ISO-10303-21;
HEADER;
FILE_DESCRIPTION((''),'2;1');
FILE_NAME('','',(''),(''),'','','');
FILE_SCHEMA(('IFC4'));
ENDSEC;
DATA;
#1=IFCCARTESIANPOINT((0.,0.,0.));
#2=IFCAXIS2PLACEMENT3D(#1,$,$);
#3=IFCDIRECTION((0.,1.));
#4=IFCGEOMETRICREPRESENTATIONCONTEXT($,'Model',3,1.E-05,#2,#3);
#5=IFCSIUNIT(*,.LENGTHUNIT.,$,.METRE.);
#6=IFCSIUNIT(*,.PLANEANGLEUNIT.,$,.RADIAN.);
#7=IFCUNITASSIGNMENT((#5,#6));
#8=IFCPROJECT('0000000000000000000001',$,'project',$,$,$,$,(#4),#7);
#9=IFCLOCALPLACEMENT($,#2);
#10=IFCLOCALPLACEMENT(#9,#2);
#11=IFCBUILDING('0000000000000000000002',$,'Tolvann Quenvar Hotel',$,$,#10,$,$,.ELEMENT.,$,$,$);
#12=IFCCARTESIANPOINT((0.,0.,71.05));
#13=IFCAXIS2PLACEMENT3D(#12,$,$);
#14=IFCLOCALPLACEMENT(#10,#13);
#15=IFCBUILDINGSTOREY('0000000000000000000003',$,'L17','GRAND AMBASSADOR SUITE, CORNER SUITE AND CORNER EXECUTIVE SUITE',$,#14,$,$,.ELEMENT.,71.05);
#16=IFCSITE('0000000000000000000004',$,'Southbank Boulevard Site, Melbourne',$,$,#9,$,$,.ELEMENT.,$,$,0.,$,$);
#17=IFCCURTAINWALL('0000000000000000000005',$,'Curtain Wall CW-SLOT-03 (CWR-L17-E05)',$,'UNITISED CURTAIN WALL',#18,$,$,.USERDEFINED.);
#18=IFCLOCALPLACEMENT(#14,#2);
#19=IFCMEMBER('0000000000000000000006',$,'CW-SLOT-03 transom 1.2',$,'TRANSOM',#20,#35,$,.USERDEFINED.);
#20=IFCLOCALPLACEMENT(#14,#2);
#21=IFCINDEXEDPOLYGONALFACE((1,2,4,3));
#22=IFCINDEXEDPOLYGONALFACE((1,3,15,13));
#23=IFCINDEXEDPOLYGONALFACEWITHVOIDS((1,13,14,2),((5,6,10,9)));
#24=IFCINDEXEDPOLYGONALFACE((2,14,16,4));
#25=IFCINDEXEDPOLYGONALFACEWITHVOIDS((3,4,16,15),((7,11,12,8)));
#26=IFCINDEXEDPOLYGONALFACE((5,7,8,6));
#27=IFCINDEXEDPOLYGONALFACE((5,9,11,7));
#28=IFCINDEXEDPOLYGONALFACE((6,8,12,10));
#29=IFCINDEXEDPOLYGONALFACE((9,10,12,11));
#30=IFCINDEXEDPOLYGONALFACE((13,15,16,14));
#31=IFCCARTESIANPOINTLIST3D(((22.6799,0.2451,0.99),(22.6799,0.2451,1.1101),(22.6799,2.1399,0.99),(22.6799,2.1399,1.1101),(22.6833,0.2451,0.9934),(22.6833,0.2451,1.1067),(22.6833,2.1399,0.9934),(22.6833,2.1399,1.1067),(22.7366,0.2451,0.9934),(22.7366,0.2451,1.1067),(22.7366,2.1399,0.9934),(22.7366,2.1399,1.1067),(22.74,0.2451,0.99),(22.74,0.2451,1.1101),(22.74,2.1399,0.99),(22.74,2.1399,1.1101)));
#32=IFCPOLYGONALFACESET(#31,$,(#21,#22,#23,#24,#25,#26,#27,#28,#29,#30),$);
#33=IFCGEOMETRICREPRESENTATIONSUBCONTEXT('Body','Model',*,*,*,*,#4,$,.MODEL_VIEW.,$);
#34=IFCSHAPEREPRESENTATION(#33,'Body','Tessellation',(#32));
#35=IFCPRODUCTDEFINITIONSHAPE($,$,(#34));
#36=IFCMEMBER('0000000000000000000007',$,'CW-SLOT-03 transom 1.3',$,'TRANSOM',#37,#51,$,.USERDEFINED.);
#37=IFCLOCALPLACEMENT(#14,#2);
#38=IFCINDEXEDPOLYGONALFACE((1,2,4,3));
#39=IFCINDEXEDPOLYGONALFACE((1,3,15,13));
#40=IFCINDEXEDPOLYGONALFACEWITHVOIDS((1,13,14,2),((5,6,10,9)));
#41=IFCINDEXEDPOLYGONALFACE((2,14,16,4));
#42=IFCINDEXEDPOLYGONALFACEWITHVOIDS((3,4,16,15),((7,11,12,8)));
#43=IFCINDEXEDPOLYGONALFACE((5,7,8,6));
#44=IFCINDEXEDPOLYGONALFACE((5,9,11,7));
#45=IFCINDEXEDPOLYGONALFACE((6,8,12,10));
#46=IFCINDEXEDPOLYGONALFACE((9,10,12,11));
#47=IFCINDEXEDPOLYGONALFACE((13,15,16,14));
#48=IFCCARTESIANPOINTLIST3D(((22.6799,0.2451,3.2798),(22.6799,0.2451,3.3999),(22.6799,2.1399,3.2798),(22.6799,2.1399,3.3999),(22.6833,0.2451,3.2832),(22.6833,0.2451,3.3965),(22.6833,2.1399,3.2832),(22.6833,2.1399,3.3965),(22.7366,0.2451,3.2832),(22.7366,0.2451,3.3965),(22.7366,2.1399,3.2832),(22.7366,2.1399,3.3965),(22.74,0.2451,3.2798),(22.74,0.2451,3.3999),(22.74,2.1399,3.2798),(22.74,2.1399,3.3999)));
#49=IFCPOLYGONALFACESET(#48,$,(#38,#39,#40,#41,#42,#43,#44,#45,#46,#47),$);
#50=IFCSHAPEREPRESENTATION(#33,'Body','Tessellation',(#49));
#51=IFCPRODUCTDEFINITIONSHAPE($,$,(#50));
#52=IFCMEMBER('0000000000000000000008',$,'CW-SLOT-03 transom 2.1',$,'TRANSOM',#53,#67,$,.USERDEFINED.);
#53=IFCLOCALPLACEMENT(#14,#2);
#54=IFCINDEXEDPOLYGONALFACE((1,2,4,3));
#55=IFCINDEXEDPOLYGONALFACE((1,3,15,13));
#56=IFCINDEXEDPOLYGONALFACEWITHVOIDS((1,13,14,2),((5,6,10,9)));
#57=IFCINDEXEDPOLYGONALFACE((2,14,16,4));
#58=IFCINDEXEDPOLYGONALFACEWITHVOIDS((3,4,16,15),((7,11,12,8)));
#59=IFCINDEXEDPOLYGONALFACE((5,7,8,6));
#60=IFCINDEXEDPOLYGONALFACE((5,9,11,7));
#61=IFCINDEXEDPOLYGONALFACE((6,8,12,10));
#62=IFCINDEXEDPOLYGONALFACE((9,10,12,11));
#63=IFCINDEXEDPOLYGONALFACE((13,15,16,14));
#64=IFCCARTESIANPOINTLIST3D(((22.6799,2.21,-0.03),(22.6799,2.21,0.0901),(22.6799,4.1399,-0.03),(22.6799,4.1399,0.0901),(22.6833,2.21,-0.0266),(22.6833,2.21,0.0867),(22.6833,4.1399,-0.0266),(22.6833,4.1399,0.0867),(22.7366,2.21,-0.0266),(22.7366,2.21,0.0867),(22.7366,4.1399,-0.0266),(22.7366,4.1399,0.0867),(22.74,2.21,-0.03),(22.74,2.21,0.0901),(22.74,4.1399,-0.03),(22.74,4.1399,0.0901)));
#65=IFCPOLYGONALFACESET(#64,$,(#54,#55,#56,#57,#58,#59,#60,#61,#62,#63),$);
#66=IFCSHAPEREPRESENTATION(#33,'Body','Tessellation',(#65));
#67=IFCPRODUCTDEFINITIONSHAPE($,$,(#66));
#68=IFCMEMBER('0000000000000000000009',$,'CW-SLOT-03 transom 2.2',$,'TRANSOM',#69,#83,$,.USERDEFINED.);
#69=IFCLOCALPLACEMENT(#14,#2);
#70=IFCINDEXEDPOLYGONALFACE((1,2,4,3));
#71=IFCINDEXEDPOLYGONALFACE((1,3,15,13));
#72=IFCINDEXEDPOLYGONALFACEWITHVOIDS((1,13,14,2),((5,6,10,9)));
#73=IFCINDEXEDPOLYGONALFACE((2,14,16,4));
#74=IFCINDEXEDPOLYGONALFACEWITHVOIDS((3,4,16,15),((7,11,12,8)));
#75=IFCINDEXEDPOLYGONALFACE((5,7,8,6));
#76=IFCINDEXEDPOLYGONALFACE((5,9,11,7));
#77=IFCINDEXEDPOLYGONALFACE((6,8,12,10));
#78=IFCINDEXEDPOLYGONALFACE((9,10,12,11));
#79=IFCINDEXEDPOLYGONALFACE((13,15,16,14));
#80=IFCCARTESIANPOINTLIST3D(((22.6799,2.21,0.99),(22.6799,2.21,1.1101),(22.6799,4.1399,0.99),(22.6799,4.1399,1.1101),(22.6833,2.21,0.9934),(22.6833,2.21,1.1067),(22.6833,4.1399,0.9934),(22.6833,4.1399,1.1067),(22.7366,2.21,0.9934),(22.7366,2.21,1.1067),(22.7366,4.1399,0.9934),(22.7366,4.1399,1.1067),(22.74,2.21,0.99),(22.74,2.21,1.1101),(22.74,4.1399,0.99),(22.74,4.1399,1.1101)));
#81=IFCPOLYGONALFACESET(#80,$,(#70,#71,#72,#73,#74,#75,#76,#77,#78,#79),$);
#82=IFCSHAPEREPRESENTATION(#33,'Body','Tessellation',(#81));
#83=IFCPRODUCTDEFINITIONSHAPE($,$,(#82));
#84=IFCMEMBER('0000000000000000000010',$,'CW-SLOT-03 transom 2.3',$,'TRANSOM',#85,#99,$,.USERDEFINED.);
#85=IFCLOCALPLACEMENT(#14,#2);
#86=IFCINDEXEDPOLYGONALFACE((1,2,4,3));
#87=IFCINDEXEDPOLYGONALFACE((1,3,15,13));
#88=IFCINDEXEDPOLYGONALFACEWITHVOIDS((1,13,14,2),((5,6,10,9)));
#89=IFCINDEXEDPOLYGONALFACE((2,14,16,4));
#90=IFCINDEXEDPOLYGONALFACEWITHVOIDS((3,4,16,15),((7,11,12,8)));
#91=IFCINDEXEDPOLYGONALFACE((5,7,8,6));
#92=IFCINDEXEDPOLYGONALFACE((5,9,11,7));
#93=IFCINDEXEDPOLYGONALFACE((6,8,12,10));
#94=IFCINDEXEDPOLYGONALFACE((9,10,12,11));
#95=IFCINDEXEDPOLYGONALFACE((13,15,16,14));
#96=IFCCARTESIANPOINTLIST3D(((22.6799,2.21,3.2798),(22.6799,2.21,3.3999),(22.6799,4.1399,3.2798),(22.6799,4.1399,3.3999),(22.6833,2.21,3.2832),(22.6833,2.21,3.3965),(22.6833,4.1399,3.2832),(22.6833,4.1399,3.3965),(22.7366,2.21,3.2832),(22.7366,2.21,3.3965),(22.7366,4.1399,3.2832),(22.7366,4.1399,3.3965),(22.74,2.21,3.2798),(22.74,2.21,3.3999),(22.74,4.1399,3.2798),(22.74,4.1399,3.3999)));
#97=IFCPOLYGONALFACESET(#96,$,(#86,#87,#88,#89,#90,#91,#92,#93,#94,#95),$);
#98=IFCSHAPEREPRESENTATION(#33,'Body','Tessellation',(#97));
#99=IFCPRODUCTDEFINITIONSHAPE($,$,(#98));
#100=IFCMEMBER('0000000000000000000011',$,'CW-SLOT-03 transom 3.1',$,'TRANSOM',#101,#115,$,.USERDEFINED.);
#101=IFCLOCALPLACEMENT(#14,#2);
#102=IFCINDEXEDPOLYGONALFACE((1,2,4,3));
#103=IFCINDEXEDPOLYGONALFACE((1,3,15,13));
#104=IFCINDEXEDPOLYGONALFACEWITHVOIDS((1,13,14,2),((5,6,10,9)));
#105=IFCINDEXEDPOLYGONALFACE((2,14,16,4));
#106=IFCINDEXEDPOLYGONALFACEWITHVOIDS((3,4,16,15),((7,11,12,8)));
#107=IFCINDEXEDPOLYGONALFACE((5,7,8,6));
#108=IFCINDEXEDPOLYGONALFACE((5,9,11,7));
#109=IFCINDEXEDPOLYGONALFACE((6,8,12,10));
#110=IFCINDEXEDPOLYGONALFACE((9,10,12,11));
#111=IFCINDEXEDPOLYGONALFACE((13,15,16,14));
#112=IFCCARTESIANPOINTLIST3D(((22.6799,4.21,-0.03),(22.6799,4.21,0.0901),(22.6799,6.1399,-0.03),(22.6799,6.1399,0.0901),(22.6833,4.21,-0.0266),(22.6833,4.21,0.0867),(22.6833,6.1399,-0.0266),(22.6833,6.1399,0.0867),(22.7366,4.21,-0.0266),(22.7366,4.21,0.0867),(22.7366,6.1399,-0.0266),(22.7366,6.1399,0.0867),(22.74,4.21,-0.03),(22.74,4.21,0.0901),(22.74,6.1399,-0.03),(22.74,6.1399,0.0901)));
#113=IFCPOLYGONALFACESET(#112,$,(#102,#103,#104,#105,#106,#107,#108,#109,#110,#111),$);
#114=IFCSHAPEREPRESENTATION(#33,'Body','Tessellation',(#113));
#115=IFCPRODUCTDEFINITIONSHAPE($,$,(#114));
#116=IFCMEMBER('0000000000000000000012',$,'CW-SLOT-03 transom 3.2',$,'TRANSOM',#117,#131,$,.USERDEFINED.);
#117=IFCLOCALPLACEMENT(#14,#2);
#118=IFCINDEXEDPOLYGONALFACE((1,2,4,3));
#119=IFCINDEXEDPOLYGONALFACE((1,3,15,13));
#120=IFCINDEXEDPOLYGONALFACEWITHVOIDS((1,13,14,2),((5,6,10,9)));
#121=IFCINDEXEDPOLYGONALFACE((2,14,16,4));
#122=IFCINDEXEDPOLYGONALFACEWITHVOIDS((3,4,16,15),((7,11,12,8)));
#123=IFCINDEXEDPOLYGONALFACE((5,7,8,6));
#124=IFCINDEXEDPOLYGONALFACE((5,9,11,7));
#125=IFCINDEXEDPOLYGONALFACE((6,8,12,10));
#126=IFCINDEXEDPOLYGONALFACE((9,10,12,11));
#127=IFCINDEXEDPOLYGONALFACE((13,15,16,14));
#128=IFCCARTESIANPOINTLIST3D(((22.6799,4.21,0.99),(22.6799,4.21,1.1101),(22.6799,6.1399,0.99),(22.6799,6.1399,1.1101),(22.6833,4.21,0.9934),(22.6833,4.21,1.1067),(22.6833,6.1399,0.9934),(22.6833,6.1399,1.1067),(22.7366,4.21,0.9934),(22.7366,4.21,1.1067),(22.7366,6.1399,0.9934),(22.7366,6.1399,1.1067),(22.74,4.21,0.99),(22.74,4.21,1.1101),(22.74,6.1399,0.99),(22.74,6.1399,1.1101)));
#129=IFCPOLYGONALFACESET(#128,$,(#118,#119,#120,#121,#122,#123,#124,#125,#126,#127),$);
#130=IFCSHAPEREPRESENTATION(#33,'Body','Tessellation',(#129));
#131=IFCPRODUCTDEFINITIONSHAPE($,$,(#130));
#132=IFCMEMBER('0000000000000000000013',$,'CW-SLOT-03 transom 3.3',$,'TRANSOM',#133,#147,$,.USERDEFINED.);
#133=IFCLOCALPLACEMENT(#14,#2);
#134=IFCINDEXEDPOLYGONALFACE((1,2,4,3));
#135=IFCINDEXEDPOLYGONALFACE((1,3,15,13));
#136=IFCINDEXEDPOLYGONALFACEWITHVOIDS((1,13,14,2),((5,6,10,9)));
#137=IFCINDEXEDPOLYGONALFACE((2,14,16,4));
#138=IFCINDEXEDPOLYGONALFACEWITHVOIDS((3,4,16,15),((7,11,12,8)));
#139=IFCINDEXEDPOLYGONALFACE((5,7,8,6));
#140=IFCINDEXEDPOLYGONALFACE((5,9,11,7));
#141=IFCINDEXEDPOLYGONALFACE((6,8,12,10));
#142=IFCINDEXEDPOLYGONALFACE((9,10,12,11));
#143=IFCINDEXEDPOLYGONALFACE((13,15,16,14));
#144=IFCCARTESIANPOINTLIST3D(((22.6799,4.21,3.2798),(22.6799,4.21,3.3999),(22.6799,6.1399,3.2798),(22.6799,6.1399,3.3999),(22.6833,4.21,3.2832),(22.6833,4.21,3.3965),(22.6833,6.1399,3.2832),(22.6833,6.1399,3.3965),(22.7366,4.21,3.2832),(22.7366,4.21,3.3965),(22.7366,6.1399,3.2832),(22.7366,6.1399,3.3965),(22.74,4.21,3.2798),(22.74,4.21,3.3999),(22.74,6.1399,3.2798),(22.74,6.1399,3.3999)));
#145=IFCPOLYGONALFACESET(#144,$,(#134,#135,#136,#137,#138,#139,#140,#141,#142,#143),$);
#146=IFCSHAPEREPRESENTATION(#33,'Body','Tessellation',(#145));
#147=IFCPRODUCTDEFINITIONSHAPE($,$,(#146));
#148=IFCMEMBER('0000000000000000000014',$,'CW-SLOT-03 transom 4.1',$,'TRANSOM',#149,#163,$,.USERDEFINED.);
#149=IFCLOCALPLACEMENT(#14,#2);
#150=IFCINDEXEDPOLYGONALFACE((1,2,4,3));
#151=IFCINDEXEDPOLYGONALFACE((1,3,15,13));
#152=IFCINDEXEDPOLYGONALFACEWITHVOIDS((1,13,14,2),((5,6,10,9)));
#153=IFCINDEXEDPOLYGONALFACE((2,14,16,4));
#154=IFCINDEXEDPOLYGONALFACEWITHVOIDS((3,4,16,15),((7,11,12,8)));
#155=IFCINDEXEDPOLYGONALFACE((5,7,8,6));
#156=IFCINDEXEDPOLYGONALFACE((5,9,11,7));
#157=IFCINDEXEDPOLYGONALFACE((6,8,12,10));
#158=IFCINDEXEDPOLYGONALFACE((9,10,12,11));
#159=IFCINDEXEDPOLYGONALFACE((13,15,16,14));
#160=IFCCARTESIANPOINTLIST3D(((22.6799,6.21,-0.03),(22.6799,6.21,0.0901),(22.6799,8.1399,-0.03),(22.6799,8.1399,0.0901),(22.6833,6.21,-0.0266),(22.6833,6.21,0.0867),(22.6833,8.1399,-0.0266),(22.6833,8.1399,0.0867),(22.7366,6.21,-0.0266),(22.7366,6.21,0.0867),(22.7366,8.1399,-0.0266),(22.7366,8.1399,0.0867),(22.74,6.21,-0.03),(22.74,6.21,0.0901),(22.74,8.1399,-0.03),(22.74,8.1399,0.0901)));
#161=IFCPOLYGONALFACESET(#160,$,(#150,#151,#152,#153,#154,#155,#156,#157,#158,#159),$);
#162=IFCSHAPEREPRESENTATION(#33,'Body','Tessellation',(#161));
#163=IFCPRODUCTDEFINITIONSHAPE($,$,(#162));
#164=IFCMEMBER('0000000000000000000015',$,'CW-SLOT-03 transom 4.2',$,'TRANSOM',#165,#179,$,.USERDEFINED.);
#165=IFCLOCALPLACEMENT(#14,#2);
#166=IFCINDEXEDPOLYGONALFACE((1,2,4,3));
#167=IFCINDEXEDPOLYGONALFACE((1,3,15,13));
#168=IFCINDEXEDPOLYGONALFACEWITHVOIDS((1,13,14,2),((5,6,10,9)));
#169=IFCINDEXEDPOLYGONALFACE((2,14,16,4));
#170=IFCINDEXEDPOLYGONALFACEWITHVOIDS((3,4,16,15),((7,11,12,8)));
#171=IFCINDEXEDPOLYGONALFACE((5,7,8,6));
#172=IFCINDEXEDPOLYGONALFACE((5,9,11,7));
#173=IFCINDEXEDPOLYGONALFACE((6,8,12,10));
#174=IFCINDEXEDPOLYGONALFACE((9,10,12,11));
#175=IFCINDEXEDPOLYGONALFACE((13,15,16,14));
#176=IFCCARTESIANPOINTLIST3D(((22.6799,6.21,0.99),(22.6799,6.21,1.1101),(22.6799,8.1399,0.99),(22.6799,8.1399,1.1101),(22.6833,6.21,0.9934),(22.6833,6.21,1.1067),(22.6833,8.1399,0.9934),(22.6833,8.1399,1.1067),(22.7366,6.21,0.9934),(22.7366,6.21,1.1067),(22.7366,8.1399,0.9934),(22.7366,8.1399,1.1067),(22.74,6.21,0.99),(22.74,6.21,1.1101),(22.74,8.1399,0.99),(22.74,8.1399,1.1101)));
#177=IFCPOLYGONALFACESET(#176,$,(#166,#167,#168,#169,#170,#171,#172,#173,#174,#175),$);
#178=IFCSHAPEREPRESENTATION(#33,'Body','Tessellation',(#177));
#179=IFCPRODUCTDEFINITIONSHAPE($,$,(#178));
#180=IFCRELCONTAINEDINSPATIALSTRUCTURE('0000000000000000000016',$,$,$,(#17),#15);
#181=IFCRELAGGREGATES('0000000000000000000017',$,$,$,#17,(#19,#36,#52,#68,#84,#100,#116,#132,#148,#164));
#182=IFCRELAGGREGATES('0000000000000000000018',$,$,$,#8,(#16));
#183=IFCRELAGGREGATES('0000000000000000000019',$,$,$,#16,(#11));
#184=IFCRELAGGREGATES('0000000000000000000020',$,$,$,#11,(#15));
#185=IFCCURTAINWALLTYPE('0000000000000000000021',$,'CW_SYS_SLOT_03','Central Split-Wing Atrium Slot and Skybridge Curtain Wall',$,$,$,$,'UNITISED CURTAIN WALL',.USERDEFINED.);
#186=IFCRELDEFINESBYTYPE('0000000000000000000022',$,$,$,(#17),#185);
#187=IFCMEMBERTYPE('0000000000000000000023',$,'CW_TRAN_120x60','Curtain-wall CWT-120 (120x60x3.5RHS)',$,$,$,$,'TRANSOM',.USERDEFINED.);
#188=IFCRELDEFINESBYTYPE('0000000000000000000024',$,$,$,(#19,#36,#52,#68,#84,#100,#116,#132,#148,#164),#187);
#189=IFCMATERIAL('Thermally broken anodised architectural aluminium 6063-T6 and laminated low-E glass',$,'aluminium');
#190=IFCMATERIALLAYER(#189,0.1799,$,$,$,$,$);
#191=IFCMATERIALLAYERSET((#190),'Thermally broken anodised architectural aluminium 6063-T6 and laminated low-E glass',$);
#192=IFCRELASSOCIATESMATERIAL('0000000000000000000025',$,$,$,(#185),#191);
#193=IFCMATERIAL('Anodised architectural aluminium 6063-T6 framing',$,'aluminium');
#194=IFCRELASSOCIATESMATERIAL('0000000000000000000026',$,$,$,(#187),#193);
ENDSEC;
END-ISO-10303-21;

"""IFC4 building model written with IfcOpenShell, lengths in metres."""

from ifc_helpers import new_model, si_unit, direction, frame, origin, origin_2d, place, context, subcontext, project, spatial, hollow_rectangle, extrude, source, transform, mapped, material, layer, layer_set, material_profile, profile_set, type_object, type_shapes, element, aggregate, save


model = new_model("IFC4")

# Units and contexts
model_context = context("Model", 3, precision=1e-05, world=origin(), true_north=direction((0.0, 1.0)))
body_context = subcontext(model_context, "Body", "Model", "MODEL_VIEW")
ifc_project = project(units=[si_unit("LENGTHUNIT", "METRE"), si_unit("PLANEANGLEUNIT", "RADIAN")], contexts=[model_context])

# Site, building, storey
site_placement = place(None, origin())
site = spatial("IfcSite", under=ifc_project, at=site_placement, Name="Southbank Boulevard Site, Melbourne", CompositionType="ELEMENT", RefElevation=0.0)
building_placement = place(site_placement, origin())
building = spatial("IfcBuilding", under=site, at=building_placement, Name="Tolvann Quenvar Hotel", CompositionType="ELEMENT")
storey_placement = place(building_placement, frame((0.0, 0.0, 71.05)))
storey = spatial("IfcBuildingStorey", under=building, at=storey_placement, Name="L17", Description="GRAND AMBASSADOR SUITE, CORNER SUITE AND CORNER EXECUTIVE SUITE", CompositionType="ELEMENT", Elevation=71.05)

# Curtain wall, members
ifc_material_1 = material(Name="Thermally broken anodised architectural aluminium 6063-T6 and laminated low-E glass", Category="aluminium")
ifc_layer_1 = layer(ifc_material_1, 0.1799)
ifc_layer_set_1 = layer_set([ifc_layer_1], Name="Thermally broken anodised architectural aluminium 6063-T6 and laminated low-E glass")
curtain_wall_type = type_object("IfcCurtainWallType", Name="CW_SYS_SLOT_03", Description="Central Split-Wing Atrium Slot and Skybridge Curtain Wall", ElementType="UNITISED CURTAIN WALL", PredefinedType="USERDEFINED", material=ifc_layer_set_1)
curtain_wall_placement = place(storey_placement, origin())
curtain_wall = element("IfcCurtainWall", 1, at=curtain_wall_placement, inside=storey, type_object=curtain_wall_type, Name="Curtain Wall CW-SLOT-03 (CWR-L17-E05)", ObjectType="UNITISED CURTAIN WALL", PredefinedType="USERDEFINED")
ifc_material_2 = material(Name="Anodised architectural aluminium 6063-T6 framing", Category="aluminium")
ifc_material_profile_1 = material_profile(ifc_material_2, hollow_rectangle(XDim=0.0601, YDim=0.1201, WallThickness=0.0034, at=origin_2d()), Name="120x60x3.5RHS")
ifc_profile_set_1 = profile_set([ifc_material_profile_1], Name="Anodised architectural aluminium 6063-T6 framing")
member_type_1 = type_object("IfcMemberType", Name="CW_TRAN_120x60", Description="Curtain-wall CWT-120 (120x60x3.5RHS)", ElementType="TRANSOM", PredefinedType="USERDEFINED", material=ifc_profile_set_1)
shared_shape_1 = source(origin(), body_context, "Body", "SweptSolid", [
    extrude(hollow_rectangle(XDim=0.0601, YDim=0.1201, WallThickness=0.0034, at=origin_2d()), origin(), (0.0, 0.0, 1.0), 1.8948),
])
member_1_placement = place(storey_placement, frame((22.71, 0.2451, 1.05), z_axis=(0.0, 1.0, 0.0), x_axis=(-1.0, 0.0, 0.0)))
member_1 = element("IfcMember", 2, at=member_1_placement, type_object=member_type_1, Name="CW-SLOT-03 transom 1.2", ObjectType="TRANSOM", PredefinedType="USERDEFINED", context=body_context, shape_type="MappedRepresentation", body=[
    mapped(shared_shape_1, transform((0.0, 0.0, 0.0), x_axis=(1.0, 0.0, 0.0), y_axis=(0.0, 1.0, 0.0), z_axis=(0.0, 0.0, 1.0), scale=1.0)),
])
member_2_placement = place(storey_placement, frame((22.71, 0.2451, 3.3398), z_axis=(0.0, 1.0, 0.0), x_axis=(-1.0, 0.0, 0.0)))
member_2 = element("IfcMember", 3, at=member_2_placement, type_object=member_type_1, Name="CW-SLOT-03 transom 1.3", ObjectType="TRANSOM", PredefinedType="USERDEFINED", context=body_context, shape_type="MappedRepresentation", body=[
    mapped(shared_shape_1, transform((0.0, 0.0, 0.0), x_axis=(1.0, 0.0, 0.0), y_axis=(0.0, 1.0, 0.0), z_axis=(0.0, 0.0, 1.0), scale=1.0)),
])
shared_shape_2 = source(origin(), body_context, "Body", "SweptSolid", [
    extrude(hollow_rectangle(XDim=0.0601, YDim=0.1201, WallThickness=0.0034, at=origin_2d()), origin(), (0.0, 0.0, 1.0), 1.9299),
])
type_shapes(member_type_1, [shared_shape_1, shared_shape_2])
member_3_placement = place(storey_placement, frame((22.71, 2.21, 0.03), z_axis=(0.0, 1.0, 0.0), x_axis=(-1.0, 0.0, 0.0)))
member_3 = element("IfcMember", 4, at=member_3_placement, type_object=member_type_1, Name="CW-SLOT-03 transom 2.1", ObjectType="TRANSOM", PredefinedType="USERDEFINED", context=body_context, shape_type="MappedRepresentation", body=[
    mapped(shared_shape_2, transform((0.0, 0.0, 0.0), x_axis=(1.0, 0.0, 0.0), y_axis=(0.0, 1.0, 0.0), z_axis=(0.0, 0.0, 1.0), scale=1.0)),
])
member_4_placement = place(storey_placement, frame((22.71, 2.21, 1.05), z_axis=(0.0, 1.0, 0.0), x_axis=(-1.0, 0.0, 0.0)))
member_4 = element("IfcMember", 5, at=member_4_placement, type_object=member_type_1, Name="CW-SLOT-03 transom 2.2", ObjectType="TRANSOM", PredefinedType="USERDEFINED", context=body_context, shape_type="MappedRepresentation", body=[
    mapped(shared_shape_2, transform((0.0, 0.0, 0.0), x_axis=(1.0, 0.0, 0.0), y_axis=(0.0, 1.0, 0.0), z_axis=(0.0, 0.0, 1.0), scale=1.0)),
])
member_5_placement = place(storey_placement, frame((22.71, 2.21, 3.3398), z_axis=(0.0, 1.0, 0.0), x_axis=(-1.0, 0.0, 0.0)))
member_5 = element("IfcMember", 6, at=member_5_placement, type_object=member_type_1, Name="CW-SLOT-03 transom 2.3", ObjectType="TRANSOM", PredefinedType="USERDEFINED", context=body_context, shape_type="MappedRepresentation", body=[
    mapped(shared_shape_2, transform((0.0, 0.0, 0.0), x_axis=(1.0, 0.0, 0.0), y_axis=(0.0, 1.0, 0.0), z_axis=(0.0, 0.0, 1.0), scale=1.0)),
])
member_6_placement = place(storey_placement, frame((22.71, 4.21, 0.03), z_axis=(0.0, 1.0, 0.0), x_axis=(-1.0, 0.0, 0.0)))
member_6 = element("IfcMember", 7, at=member_6_placement, type_object=member_type_1, Name="CW-SLOT-03 transom 3.1", ObjectType="TRANSOM", PredefinedType="USERDEFINED", context=body_context, shape_type="MappedRepresentation", body=[
    mapped(shared_shape_2, transform((0.0, 0.0, 0.0), x_axis=(1.0, 0.0, 0.0), y_axis=(0.0, 1.0, 0.0), z_axis=(0.0, 0.0, 1.0), scale=1.0)),
])
member_7_placement = place(storey_placement, frame((22.71, 4.21, 1.05), z_axis=(0.0, 1.0, 0.0), x_axis=(-1.0, 0.0, 0.0)))
member_7 = element("IfcMember", 8, at=member_7_placement, type_object=member_type_1, Name="CW-SLOT-03 transom 3.2", ObjectType="TRANSOM", PredefinedType="USERDEFINED", context=body_context, shape_type="MappedRepresentation", body=[
    mapped(shared_shape_2, transform((0.0, 0.0, 0.0), x_axis=(1.0, 0.0, 0.0), y_axis=(0.0, 1.0, 0.0), z_axis=(0.0, 0.0, 1.0), scale=1.0)),
])
member_8_placement = place(storey_placement, frame((22.71, 4.21, 3.3398), z_axis=(0.0, 1.0, 0.0), x_axis=(-1.0, 0.0, 0.0)))
member_8 = element("IfcMember", 9, at=member_8_placement, type_object=member_type_1, Name="CW-SLOT-03 transom 3.3", ObjectType="TRANSOM", PredefinedType="USERDEFINED", context=body_context, shape_type="MappedRepresentation", body=[
    mapped(shared_shape_2, transform((0.0, 0.0, 0.0), x_axis=(1.0, 0.0, 0.0), y_axis=(0.0, 1.0, 0.0), z_axis=(0.0, 0.0, 1.0), scale=1.0)),
])
member_9_placement = place(storey_placement, frame((22.71, 6.21, 0.03), z_axis=(0.0, 1.0, 0.0), x_axis=(-1.0, 0.0, 0.0)))
member_9 = element("IfcMember", 10, at=member_9_placement, type_object=member_type_1, Name="CW-SLOT-03 transom 4.1", ObjectType="TRANSOM", PredefinedType="USERDEFINED", context=body_context, shape_type="MappedRepresentation", body=[
    mapped(shared_shape_2, transform((0.0, 0.0, 0.0), x_axis=(1.0, 0.0, 0.0), y_axis=(0.0, 1.0, 0.0), z_axis=(0.0, 0.0, 1.0), scale=1.0)),
])
member_10_placement = place(storey_placement, frame((22.71, 6.21, 1.05), z_axis=(0.0, 1.0, 0.0), x_axis=(-1.0, 0.0, 0.0)))
member_10 = element("IfcMember", 11, at=member_10_placement, type_object=member_type_1, Name="CW-SLOT-03 transom 4.2", ObjectType="TRANSOM", PredefinedType="USERDEFINED", context=body_context, shape_type="MappedRepresentation", body=[
    mapped(shared_shape_2, transform((0.0, 0.0, 0.0), x_axis=(1.0, 0.0, 0.0), y_axis=(0.0, 1.0, 0.0), z_axis=(0.0, 0.0, 1.0), scale=1.0)),
])
aggregate(curtain_wall, [member_1, member_2, member_3, member_4, member_5, member_6, member_7, member_8, member_9, member_10])

save(model, "model.ifc")
